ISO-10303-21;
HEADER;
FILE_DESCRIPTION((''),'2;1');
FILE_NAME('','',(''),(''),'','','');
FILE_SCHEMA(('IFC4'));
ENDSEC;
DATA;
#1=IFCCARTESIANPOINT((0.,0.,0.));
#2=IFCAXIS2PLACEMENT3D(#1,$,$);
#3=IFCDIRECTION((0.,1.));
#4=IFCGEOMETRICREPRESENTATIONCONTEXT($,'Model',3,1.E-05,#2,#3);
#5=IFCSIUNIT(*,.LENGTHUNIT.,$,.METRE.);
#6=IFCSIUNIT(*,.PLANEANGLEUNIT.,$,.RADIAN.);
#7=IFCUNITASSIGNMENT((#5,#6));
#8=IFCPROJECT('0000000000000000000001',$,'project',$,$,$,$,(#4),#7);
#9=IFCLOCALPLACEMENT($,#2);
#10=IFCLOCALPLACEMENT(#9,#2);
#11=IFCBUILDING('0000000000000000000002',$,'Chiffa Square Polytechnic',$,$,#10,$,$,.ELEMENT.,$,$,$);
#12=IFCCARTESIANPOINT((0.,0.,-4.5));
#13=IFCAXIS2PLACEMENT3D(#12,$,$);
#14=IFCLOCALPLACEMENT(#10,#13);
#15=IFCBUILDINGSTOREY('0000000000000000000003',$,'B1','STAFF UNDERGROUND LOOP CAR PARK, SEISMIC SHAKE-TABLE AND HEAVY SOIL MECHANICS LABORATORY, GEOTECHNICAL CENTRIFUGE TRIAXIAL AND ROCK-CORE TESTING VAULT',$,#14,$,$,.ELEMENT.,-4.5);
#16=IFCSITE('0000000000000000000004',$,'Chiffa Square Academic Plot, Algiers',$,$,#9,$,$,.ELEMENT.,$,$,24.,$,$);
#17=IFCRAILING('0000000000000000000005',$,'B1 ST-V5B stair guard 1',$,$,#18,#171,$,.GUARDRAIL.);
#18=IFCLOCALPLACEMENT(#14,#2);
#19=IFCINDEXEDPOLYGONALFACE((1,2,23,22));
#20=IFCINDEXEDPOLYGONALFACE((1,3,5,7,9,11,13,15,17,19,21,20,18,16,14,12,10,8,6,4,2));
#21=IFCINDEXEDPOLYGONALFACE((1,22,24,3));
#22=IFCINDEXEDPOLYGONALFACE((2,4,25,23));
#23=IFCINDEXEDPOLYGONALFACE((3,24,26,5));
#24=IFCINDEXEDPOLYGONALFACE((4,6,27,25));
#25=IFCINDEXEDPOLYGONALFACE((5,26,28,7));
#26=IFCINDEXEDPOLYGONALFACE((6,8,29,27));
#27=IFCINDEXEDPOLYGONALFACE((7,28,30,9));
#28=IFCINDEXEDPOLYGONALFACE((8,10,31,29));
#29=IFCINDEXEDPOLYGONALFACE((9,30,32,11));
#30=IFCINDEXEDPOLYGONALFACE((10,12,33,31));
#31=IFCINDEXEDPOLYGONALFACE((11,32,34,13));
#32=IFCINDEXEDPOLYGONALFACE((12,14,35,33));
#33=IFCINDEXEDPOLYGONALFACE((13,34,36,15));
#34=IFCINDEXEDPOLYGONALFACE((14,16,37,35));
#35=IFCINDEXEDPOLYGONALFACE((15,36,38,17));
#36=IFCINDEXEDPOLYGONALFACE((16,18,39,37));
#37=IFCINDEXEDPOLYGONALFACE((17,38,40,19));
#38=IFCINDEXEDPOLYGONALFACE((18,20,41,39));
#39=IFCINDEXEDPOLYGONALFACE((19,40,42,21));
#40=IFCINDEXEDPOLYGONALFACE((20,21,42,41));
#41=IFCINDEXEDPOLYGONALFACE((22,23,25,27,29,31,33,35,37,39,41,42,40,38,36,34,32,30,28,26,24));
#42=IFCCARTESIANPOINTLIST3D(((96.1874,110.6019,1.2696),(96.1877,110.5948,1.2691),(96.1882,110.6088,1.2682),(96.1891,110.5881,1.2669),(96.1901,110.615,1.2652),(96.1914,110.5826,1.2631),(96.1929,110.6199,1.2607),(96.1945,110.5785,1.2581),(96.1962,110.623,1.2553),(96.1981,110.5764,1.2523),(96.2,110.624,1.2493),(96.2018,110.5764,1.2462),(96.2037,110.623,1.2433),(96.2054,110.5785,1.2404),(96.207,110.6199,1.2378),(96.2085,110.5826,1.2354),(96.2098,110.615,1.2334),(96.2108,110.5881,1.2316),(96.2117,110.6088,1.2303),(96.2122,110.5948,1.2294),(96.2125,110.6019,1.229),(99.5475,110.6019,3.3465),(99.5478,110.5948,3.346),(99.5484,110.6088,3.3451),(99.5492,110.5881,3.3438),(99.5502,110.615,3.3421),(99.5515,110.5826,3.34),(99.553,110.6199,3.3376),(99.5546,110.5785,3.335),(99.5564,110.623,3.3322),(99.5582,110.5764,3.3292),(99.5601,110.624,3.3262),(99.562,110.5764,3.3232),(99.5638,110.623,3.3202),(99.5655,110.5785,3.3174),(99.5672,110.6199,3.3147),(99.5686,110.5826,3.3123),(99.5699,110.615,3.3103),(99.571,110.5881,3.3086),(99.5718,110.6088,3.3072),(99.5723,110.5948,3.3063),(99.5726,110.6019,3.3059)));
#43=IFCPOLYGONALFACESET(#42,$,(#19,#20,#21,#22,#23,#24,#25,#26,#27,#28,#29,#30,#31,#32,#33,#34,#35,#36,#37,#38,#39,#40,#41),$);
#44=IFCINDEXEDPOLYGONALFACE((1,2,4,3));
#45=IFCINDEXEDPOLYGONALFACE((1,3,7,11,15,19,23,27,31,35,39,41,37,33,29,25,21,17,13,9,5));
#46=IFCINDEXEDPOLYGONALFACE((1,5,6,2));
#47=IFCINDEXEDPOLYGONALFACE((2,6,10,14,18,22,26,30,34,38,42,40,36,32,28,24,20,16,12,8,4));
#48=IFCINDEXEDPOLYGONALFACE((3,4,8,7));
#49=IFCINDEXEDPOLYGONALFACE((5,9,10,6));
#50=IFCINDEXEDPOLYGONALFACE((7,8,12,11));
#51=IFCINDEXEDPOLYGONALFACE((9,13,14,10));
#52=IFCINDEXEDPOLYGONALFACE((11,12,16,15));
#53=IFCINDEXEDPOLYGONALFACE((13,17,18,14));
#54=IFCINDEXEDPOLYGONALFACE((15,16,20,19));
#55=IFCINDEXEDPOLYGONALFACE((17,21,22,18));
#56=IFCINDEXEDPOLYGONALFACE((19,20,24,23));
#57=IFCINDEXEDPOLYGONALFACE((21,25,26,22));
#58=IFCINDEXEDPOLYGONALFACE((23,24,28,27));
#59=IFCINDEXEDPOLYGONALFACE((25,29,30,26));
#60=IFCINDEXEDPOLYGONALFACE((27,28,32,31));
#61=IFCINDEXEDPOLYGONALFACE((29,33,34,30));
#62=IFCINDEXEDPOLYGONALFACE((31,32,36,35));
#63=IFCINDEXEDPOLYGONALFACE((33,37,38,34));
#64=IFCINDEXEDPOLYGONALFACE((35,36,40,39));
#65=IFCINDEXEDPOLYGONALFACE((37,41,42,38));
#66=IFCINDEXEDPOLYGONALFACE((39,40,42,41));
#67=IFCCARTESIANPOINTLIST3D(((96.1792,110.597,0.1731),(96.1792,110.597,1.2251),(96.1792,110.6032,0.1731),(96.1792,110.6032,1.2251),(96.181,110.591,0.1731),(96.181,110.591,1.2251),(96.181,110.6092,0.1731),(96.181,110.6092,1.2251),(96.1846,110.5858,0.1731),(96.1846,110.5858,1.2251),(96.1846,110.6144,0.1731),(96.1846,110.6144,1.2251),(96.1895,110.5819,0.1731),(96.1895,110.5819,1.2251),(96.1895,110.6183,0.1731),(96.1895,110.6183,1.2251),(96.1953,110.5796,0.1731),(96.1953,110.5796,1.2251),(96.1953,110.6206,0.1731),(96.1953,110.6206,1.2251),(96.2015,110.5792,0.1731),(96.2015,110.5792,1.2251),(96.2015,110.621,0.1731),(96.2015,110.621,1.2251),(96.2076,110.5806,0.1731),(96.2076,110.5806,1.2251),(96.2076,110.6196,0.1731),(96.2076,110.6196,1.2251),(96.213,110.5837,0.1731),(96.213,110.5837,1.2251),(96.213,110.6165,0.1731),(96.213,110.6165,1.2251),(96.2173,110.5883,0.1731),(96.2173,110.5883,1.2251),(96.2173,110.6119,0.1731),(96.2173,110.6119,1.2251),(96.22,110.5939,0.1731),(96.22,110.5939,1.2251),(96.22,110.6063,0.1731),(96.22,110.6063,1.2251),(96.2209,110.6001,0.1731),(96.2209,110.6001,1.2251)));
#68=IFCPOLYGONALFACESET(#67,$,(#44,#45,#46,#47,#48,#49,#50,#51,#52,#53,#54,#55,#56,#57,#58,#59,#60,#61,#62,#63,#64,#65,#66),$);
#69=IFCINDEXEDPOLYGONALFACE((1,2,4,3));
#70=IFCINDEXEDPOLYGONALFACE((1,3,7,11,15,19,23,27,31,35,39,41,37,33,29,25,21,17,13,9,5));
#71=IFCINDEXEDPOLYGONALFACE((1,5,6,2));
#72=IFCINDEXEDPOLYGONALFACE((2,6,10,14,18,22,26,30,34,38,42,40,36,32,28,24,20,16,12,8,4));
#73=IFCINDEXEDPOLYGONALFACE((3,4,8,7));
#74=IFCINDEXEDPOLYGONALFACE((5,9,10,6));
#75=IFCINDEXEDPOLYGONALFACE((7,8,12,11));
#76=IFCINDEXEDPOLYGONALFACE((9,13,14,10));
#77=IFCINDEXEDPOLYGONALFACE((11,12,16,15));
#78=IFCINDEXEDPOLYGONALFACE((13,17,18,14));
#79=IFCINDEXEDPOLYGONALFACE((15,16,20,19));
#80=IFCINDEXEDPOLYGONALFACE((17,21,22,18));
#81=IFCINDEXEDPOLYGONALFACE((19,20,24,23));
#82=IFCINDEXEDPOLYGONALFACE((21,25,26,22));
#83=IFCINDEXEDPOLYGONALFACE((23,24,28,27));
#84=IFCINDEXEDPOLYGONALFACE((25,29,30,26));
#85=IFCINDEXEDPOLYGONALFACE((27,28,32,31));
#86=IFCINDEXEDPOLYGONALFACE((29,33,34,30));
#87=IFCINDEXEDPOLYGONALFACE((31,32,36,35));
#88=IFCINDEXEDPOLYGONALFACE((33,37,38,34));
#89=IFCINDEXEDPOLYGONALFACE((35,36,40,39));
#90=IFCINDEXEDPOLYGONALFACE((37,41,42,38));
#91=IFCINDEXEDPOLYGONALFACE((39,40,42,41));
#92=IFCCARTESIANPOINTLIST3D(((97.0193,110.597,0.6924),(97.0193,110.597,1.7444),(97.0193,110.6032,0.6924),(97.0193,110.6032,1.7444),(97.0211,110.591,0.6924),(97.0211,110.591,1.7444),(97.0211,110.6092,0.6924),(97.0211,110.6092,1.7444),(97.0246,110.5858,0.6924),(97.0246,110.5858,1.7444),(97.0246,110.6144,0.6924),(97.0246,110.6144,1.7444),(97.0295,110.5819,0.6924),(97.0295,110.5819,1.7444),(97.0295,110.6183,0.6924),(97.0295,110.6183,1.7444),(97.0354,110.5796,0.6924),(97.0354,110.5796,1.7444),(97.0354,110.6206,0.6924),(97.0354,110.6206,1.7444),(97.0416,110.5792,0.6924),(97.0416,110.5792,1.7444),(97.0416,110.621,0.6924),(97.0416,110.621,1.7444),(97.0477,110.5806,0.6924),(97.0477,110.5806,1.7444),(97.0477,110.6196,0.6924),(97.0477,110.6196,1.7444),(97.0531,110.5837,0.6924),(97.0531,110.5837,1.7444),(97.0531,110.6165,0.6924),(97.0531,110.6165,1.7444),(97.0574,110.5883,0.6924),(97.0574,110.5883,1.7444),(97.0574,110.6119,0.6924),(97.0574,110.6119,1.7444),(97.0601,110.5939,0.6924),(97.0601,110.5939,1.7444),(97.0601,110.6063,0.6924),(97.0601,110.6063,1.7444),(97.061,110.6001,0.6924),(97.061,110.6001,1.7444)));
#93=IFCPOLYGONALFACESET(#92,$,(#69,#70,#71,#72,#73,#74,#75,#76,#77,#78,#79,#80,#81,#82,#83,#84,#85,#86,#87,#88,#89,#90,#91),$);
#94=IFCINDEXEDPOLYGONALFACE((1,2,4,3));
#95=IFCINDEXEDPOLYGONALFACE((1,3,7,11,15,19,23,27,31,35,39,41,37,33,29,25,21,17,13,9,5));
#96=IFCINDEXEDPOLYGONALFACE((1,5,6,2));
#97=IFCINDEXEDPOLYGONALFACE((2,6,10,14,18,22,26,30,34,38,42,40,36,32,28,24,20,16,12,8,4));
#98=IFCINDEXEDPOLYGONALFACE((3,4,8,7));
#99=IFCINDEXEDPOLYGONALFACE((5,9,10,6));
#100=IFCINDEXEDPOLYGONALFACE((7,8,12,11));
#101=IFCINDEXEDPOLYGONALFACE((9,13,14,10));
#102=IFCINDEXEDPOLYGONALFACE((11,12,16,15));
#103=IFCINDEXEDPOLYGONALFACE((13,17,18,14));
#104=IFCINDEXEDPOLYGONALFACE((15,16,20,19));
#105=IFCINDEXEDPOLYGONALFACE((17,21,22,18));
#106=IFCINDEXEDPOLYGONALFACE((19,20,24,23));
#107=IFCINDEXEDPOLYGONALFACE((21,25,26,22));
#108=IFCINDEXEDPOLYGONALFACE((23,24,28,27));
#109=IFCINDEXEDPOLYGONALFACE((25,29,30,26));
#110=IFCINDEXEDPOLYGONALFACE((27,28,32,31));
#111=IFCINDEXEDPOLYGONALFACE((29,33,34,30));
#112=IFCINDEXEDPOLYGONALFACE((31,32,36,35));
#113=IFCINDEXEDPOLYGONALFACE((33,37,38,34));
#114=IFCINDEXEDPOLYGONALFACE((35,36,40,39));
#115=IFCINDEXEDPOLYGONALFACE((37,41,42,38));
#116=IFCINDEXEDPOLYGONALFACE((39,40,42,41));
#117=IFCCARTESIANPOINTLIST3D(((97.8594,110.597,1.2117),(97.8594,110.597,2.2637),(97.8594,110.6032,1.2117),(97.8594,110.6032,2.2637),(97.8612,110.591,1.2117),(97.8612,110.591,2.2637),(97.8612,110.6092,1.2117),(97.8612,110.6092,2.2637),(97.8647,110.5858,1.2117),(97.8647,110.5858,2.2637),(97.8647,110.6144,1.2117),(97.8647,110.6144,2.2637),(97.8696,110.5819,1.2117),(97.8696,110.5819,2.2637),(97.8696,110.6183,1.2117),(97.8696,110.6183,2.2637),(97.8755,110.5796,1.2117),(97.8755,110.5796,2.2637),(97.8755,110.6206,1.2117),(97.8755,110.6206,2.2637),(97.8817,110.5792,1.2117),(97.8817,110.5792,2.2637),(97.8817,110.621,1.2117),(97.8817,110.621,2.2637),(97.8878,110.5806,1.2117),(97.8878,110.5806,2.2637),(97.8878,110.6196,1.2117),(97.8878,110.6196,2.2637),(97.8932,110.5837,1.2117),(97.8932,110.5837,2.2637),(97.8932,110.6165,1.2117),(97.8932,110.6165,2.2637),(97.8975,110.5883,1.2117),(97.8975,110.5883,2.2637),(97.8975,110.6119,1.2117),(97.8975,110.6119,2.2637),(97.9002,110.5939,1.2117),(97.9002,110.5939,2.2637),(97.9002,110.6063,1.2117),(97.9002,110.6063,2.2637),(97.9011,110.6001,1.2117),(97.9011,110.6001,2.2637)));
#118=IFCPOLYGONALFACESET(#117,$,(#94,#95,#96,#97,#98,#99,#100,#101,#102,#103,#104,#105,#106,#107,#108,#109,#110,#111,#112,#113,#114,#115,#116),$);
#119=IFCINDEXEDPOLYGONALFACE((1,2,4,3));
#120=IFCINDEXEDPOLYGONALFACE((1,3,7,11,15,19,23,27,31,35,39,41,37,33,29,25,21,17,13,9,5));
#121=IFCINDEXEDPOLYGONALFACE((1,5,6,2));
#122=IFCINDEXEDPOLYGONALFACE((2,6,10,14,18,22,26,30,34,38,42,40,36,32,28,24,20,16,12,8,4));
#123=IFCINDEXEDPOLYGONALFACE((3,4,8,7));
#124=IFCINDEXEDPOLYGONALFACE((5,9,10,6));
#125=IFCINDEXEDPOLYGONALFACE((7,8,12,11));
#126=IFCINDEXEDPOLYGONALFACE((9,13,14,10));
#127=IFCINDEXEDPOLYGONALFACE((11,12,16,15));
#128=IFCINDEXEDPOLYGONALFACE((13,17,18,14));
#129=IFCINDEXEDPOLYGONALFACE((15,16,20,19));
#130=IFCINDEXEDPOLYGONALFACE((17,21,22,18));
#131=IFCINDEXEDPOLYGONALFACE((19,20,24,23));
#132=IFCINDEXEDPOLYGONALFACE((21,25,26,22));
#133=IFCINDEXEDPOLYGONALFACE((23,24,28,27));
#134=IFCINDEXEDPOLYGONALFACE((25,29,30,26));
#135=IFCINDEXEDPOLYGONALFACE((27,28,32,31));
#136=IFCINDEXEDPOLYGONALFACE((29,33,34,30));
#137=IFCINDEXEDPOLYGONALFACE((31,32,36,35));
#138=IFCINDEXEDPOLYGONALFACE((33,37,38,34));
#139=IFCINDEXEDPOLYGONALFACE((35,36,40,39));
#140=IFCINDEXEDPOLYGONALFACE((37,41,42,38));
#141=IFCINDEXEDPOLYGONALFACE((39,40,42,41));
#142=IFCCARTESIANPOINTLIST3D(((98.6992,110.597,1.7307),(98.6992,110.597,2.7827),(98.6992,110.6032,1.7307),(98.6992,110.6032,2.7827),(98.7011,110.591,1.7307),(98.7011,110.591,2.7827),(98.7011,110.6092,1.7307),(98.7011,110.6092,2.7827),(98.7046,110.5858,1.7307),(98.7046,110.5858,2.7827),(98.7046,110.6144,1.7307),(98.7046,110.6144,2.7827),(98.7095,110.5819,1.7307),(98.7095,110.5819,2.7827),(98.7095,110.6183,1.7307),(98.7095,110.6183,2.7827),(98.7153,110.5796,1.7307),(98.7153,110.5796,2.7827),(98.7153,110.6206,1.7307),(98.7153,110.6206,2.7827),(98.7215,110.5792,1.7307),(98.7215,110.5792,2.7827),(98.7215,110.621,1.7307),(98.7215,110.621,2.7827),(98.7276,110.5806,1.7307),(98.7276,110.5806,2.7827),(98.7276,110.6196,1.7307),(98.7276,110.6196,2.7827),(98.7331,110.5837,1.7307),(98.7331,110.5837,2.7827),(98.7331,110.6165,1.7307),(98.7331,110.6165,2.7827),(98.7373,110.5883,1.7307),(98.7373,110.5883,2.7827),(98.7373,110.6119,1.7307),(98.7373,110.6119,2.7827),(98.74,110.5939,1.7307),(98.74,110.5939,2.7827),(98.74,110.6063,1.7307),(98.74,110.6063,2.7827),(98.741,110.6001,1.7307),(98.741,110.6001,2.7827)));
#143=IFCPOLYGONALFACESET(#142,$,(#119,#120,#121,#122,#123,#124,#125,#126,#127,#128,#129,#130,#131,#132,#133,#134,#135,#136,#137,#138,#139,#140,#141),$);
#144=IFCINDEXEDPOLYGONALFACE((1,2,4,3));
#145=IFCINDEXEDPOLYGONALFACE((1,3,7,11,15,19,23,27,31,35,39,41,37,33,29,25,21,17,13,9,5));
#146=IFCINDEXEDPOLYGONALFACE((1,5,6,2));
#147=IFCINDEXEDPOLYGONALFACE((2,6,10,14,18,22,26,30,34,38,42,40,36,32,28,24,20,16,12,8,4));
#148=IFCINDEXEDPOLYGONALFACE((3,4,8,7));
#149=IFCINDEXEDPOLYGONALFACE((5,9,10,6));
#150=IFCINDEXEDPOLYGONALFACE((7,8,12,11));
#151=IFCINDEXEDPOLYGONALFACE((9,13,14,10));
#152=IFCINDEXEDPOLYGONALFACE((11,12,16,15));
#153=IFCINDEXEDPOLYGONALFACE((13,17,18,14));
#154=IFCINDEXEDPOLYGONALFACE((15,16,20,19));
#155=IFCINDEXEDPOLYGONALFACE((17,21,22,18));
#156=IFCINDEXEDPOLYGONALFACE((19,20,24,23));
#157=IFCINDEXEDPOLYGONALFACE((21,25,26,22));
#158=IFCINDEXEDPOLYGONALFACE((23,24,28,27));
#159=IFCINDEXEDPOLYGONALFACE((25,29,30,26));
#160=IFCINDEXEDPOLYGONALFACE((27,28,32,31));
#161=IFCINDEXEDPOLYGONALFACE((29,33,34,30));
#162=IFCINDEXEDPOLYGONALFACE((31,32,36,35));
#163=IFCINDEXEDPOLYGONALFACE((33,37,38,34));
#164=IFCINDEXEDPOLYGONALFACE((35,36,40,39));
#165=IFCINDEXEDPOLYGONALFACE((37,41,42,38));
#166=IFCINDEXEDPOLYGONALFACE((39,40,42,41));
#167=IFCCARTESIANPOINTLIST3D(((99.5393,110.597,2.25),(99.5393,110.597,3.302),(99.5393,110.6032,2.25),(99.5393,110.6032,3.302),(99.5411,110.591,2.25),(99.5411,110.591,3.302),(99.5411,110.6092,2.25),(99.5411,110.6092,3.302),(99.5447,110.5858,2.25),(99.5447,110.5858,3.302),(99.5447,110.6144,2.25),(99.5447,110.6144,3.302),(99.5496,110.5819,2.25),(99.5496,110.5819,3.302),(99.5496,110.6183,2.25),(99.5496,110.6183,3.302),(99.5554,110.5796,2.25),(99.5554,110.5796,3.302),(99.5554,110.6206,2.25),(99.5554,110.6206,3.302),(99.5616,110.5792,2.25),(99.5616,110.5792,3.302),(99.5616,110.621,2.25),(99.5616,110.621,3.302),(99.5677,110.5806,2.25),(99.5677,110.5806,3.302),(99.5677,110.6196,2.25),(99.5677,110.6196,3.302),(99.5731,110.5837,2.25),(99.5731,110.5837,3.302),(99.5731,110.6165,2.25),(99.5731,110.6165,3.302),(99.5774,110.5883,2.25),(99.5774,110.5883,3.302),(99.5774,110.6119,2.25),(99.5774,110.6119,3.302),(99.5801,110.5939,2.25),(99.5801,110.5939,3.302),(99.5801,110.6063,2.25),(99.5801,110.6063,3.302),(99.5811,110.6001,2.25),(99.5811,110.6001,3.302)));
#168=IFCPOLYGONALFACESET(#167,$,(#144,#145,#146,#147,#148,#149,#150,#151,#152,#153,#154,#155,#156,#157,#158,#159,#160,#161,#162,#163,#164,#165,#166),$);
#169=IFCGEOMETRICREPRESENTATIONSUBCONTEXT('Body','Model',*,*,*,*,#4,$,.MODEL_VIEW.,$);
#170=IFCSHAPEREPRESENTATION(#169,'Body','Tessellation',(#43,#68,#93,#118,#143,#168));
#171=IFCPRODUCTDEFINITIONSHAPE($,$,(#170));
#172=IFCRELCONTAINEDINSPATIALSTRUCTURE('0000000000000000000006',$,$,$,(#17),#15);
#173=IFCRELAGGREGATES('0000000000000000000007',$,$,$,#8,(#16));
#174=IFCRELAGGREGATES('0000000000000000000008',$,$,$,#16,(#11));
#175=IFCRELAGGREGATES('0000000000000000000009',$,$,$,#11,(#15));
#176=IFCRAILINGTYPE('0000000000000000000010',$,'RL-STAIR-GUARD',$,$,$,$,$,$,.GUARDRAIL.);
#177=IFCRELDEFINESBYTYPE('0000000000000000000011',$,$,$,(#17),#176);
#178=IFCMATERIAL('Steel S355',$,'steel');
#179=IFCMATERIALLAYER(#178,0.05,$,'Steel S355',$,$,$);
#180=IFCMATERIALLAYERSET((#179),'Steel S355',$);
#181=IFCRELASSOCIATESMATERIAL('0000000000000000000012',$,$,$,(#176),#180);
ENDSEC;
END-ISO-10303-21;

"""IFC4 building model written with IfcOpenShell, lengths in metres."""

from ifc_helpers import new_model, si_unit, direction, frame, origin, origin_2d, place, context, subcontext, project, spatial, circle, extrude, material, layer, layer_set, type_object, element, save


model = new_model("IFC4")

# Units and contexts
model_context = context("Model", 3, precision=1e-05, world=origin(), true_north=direction((0.0, 1.0)))
body_context = subcontext(model_context, "Body", "Model", "MODEL_VIEW")
ifc_project = project(units=[si_unit("LENGTHUNIT", "METRE"), si_unit("PLANEANGLEUNIT", "RADIAN")], contexts=[model_context])

# Site, building, storey
site_placement = place(None, origin())
site = spatial("IfcSite", under=ifc_project, at=site_placement, Name="Chiffa Square Academic Plot, Algiers", CompositionType="ELEMENT", RefElevation=24.0)
building_placement = place(site_placement, origin())
building = spatial("IfcBuilding", under=site, at=building_placement, Name="Chiffa Square Polytechnic", CompositionType="ELEMENT")
storey_placement = place(building_placement, frame((0.0, 0.0, -4.5)))
storey = spatial("IfcBuildingStorey", under=building, at=storey_placement, Name="B1", Description="STAFF UNDERGROUND LOOP CAR PARK, SEISMIC SHAKE-TABLE AND HEAVY SOIL MECHANICS LABORATORY, GEOTECHNICAL CENTRIFUGE TRIAXIAL AND ROCK-CORE TESTING VAULT", CompositionType="ELEMENT", Elevation=-4.5)

# Railing
ifc_material_1 = material(Name="Steel S355", Category="steel")
ifc_layer_1 = layer(ifc_material_1, 0.05, Name="Steel S355")
ifc_layer_set_1 = layer_set([ifc_layer_1], Name="Steel S355")
railing_type_1 = type_object("IfcRailingType", Name="RL-STAIR-GUARD", PredefinedType="GUARDRAIL", material=ifc_layer_set_1)
railing_1_placement = place(storey_placement, frame((96.2, 110.6001, 0.1731)))
element("IfcRailing", 1, at=railing_1_placement, inside=storey, type_object=railing_type_1, Name="B1 ST-V5B stair guard 1", PredefinedType="GUARDRAIL", context=body_context, shape_type="SweptSolid", body=[
    extrude(circle(Radius=0.0239, at=origin_2d()), frame((0.0, 0.0, 1.0762), z_axis=(0.850623, 0.0, 0.525776), x_axis=(0.0, 1.0, 0.0)), (0.0, 0.0, 1.0), 3.9502),
    extrude(circle(Radius=0.021, at=origin_2d()), origin(), (0.0, 0.0, 1.0), 1.052),
    extrude(circle(Radius=0.021, at=origin_2d()), frame((0.8401, 0.0, 0.5193)), (0.0, 0.0, 1.0), 1.052),
    extrude(circle(Radius=0.021, at=origin_2d()), frame((1.6802, 0.0, 1.0386)), (0.0, 0.0, 1.0), 1.052),
    extrude(circle(Radius=0.021, at=origin_2d()), frame((2.52, 0.0, 1.5576)), (0.0, 0.0, 1.0), 1.052),
    extrude(circle(Radius=0.021, at=origin_2d()), frame((3.3601, 0.0, 2.0769)), (0.0, 0.0, 1.0), 1.052),
])

save(model, "model.ifc")
